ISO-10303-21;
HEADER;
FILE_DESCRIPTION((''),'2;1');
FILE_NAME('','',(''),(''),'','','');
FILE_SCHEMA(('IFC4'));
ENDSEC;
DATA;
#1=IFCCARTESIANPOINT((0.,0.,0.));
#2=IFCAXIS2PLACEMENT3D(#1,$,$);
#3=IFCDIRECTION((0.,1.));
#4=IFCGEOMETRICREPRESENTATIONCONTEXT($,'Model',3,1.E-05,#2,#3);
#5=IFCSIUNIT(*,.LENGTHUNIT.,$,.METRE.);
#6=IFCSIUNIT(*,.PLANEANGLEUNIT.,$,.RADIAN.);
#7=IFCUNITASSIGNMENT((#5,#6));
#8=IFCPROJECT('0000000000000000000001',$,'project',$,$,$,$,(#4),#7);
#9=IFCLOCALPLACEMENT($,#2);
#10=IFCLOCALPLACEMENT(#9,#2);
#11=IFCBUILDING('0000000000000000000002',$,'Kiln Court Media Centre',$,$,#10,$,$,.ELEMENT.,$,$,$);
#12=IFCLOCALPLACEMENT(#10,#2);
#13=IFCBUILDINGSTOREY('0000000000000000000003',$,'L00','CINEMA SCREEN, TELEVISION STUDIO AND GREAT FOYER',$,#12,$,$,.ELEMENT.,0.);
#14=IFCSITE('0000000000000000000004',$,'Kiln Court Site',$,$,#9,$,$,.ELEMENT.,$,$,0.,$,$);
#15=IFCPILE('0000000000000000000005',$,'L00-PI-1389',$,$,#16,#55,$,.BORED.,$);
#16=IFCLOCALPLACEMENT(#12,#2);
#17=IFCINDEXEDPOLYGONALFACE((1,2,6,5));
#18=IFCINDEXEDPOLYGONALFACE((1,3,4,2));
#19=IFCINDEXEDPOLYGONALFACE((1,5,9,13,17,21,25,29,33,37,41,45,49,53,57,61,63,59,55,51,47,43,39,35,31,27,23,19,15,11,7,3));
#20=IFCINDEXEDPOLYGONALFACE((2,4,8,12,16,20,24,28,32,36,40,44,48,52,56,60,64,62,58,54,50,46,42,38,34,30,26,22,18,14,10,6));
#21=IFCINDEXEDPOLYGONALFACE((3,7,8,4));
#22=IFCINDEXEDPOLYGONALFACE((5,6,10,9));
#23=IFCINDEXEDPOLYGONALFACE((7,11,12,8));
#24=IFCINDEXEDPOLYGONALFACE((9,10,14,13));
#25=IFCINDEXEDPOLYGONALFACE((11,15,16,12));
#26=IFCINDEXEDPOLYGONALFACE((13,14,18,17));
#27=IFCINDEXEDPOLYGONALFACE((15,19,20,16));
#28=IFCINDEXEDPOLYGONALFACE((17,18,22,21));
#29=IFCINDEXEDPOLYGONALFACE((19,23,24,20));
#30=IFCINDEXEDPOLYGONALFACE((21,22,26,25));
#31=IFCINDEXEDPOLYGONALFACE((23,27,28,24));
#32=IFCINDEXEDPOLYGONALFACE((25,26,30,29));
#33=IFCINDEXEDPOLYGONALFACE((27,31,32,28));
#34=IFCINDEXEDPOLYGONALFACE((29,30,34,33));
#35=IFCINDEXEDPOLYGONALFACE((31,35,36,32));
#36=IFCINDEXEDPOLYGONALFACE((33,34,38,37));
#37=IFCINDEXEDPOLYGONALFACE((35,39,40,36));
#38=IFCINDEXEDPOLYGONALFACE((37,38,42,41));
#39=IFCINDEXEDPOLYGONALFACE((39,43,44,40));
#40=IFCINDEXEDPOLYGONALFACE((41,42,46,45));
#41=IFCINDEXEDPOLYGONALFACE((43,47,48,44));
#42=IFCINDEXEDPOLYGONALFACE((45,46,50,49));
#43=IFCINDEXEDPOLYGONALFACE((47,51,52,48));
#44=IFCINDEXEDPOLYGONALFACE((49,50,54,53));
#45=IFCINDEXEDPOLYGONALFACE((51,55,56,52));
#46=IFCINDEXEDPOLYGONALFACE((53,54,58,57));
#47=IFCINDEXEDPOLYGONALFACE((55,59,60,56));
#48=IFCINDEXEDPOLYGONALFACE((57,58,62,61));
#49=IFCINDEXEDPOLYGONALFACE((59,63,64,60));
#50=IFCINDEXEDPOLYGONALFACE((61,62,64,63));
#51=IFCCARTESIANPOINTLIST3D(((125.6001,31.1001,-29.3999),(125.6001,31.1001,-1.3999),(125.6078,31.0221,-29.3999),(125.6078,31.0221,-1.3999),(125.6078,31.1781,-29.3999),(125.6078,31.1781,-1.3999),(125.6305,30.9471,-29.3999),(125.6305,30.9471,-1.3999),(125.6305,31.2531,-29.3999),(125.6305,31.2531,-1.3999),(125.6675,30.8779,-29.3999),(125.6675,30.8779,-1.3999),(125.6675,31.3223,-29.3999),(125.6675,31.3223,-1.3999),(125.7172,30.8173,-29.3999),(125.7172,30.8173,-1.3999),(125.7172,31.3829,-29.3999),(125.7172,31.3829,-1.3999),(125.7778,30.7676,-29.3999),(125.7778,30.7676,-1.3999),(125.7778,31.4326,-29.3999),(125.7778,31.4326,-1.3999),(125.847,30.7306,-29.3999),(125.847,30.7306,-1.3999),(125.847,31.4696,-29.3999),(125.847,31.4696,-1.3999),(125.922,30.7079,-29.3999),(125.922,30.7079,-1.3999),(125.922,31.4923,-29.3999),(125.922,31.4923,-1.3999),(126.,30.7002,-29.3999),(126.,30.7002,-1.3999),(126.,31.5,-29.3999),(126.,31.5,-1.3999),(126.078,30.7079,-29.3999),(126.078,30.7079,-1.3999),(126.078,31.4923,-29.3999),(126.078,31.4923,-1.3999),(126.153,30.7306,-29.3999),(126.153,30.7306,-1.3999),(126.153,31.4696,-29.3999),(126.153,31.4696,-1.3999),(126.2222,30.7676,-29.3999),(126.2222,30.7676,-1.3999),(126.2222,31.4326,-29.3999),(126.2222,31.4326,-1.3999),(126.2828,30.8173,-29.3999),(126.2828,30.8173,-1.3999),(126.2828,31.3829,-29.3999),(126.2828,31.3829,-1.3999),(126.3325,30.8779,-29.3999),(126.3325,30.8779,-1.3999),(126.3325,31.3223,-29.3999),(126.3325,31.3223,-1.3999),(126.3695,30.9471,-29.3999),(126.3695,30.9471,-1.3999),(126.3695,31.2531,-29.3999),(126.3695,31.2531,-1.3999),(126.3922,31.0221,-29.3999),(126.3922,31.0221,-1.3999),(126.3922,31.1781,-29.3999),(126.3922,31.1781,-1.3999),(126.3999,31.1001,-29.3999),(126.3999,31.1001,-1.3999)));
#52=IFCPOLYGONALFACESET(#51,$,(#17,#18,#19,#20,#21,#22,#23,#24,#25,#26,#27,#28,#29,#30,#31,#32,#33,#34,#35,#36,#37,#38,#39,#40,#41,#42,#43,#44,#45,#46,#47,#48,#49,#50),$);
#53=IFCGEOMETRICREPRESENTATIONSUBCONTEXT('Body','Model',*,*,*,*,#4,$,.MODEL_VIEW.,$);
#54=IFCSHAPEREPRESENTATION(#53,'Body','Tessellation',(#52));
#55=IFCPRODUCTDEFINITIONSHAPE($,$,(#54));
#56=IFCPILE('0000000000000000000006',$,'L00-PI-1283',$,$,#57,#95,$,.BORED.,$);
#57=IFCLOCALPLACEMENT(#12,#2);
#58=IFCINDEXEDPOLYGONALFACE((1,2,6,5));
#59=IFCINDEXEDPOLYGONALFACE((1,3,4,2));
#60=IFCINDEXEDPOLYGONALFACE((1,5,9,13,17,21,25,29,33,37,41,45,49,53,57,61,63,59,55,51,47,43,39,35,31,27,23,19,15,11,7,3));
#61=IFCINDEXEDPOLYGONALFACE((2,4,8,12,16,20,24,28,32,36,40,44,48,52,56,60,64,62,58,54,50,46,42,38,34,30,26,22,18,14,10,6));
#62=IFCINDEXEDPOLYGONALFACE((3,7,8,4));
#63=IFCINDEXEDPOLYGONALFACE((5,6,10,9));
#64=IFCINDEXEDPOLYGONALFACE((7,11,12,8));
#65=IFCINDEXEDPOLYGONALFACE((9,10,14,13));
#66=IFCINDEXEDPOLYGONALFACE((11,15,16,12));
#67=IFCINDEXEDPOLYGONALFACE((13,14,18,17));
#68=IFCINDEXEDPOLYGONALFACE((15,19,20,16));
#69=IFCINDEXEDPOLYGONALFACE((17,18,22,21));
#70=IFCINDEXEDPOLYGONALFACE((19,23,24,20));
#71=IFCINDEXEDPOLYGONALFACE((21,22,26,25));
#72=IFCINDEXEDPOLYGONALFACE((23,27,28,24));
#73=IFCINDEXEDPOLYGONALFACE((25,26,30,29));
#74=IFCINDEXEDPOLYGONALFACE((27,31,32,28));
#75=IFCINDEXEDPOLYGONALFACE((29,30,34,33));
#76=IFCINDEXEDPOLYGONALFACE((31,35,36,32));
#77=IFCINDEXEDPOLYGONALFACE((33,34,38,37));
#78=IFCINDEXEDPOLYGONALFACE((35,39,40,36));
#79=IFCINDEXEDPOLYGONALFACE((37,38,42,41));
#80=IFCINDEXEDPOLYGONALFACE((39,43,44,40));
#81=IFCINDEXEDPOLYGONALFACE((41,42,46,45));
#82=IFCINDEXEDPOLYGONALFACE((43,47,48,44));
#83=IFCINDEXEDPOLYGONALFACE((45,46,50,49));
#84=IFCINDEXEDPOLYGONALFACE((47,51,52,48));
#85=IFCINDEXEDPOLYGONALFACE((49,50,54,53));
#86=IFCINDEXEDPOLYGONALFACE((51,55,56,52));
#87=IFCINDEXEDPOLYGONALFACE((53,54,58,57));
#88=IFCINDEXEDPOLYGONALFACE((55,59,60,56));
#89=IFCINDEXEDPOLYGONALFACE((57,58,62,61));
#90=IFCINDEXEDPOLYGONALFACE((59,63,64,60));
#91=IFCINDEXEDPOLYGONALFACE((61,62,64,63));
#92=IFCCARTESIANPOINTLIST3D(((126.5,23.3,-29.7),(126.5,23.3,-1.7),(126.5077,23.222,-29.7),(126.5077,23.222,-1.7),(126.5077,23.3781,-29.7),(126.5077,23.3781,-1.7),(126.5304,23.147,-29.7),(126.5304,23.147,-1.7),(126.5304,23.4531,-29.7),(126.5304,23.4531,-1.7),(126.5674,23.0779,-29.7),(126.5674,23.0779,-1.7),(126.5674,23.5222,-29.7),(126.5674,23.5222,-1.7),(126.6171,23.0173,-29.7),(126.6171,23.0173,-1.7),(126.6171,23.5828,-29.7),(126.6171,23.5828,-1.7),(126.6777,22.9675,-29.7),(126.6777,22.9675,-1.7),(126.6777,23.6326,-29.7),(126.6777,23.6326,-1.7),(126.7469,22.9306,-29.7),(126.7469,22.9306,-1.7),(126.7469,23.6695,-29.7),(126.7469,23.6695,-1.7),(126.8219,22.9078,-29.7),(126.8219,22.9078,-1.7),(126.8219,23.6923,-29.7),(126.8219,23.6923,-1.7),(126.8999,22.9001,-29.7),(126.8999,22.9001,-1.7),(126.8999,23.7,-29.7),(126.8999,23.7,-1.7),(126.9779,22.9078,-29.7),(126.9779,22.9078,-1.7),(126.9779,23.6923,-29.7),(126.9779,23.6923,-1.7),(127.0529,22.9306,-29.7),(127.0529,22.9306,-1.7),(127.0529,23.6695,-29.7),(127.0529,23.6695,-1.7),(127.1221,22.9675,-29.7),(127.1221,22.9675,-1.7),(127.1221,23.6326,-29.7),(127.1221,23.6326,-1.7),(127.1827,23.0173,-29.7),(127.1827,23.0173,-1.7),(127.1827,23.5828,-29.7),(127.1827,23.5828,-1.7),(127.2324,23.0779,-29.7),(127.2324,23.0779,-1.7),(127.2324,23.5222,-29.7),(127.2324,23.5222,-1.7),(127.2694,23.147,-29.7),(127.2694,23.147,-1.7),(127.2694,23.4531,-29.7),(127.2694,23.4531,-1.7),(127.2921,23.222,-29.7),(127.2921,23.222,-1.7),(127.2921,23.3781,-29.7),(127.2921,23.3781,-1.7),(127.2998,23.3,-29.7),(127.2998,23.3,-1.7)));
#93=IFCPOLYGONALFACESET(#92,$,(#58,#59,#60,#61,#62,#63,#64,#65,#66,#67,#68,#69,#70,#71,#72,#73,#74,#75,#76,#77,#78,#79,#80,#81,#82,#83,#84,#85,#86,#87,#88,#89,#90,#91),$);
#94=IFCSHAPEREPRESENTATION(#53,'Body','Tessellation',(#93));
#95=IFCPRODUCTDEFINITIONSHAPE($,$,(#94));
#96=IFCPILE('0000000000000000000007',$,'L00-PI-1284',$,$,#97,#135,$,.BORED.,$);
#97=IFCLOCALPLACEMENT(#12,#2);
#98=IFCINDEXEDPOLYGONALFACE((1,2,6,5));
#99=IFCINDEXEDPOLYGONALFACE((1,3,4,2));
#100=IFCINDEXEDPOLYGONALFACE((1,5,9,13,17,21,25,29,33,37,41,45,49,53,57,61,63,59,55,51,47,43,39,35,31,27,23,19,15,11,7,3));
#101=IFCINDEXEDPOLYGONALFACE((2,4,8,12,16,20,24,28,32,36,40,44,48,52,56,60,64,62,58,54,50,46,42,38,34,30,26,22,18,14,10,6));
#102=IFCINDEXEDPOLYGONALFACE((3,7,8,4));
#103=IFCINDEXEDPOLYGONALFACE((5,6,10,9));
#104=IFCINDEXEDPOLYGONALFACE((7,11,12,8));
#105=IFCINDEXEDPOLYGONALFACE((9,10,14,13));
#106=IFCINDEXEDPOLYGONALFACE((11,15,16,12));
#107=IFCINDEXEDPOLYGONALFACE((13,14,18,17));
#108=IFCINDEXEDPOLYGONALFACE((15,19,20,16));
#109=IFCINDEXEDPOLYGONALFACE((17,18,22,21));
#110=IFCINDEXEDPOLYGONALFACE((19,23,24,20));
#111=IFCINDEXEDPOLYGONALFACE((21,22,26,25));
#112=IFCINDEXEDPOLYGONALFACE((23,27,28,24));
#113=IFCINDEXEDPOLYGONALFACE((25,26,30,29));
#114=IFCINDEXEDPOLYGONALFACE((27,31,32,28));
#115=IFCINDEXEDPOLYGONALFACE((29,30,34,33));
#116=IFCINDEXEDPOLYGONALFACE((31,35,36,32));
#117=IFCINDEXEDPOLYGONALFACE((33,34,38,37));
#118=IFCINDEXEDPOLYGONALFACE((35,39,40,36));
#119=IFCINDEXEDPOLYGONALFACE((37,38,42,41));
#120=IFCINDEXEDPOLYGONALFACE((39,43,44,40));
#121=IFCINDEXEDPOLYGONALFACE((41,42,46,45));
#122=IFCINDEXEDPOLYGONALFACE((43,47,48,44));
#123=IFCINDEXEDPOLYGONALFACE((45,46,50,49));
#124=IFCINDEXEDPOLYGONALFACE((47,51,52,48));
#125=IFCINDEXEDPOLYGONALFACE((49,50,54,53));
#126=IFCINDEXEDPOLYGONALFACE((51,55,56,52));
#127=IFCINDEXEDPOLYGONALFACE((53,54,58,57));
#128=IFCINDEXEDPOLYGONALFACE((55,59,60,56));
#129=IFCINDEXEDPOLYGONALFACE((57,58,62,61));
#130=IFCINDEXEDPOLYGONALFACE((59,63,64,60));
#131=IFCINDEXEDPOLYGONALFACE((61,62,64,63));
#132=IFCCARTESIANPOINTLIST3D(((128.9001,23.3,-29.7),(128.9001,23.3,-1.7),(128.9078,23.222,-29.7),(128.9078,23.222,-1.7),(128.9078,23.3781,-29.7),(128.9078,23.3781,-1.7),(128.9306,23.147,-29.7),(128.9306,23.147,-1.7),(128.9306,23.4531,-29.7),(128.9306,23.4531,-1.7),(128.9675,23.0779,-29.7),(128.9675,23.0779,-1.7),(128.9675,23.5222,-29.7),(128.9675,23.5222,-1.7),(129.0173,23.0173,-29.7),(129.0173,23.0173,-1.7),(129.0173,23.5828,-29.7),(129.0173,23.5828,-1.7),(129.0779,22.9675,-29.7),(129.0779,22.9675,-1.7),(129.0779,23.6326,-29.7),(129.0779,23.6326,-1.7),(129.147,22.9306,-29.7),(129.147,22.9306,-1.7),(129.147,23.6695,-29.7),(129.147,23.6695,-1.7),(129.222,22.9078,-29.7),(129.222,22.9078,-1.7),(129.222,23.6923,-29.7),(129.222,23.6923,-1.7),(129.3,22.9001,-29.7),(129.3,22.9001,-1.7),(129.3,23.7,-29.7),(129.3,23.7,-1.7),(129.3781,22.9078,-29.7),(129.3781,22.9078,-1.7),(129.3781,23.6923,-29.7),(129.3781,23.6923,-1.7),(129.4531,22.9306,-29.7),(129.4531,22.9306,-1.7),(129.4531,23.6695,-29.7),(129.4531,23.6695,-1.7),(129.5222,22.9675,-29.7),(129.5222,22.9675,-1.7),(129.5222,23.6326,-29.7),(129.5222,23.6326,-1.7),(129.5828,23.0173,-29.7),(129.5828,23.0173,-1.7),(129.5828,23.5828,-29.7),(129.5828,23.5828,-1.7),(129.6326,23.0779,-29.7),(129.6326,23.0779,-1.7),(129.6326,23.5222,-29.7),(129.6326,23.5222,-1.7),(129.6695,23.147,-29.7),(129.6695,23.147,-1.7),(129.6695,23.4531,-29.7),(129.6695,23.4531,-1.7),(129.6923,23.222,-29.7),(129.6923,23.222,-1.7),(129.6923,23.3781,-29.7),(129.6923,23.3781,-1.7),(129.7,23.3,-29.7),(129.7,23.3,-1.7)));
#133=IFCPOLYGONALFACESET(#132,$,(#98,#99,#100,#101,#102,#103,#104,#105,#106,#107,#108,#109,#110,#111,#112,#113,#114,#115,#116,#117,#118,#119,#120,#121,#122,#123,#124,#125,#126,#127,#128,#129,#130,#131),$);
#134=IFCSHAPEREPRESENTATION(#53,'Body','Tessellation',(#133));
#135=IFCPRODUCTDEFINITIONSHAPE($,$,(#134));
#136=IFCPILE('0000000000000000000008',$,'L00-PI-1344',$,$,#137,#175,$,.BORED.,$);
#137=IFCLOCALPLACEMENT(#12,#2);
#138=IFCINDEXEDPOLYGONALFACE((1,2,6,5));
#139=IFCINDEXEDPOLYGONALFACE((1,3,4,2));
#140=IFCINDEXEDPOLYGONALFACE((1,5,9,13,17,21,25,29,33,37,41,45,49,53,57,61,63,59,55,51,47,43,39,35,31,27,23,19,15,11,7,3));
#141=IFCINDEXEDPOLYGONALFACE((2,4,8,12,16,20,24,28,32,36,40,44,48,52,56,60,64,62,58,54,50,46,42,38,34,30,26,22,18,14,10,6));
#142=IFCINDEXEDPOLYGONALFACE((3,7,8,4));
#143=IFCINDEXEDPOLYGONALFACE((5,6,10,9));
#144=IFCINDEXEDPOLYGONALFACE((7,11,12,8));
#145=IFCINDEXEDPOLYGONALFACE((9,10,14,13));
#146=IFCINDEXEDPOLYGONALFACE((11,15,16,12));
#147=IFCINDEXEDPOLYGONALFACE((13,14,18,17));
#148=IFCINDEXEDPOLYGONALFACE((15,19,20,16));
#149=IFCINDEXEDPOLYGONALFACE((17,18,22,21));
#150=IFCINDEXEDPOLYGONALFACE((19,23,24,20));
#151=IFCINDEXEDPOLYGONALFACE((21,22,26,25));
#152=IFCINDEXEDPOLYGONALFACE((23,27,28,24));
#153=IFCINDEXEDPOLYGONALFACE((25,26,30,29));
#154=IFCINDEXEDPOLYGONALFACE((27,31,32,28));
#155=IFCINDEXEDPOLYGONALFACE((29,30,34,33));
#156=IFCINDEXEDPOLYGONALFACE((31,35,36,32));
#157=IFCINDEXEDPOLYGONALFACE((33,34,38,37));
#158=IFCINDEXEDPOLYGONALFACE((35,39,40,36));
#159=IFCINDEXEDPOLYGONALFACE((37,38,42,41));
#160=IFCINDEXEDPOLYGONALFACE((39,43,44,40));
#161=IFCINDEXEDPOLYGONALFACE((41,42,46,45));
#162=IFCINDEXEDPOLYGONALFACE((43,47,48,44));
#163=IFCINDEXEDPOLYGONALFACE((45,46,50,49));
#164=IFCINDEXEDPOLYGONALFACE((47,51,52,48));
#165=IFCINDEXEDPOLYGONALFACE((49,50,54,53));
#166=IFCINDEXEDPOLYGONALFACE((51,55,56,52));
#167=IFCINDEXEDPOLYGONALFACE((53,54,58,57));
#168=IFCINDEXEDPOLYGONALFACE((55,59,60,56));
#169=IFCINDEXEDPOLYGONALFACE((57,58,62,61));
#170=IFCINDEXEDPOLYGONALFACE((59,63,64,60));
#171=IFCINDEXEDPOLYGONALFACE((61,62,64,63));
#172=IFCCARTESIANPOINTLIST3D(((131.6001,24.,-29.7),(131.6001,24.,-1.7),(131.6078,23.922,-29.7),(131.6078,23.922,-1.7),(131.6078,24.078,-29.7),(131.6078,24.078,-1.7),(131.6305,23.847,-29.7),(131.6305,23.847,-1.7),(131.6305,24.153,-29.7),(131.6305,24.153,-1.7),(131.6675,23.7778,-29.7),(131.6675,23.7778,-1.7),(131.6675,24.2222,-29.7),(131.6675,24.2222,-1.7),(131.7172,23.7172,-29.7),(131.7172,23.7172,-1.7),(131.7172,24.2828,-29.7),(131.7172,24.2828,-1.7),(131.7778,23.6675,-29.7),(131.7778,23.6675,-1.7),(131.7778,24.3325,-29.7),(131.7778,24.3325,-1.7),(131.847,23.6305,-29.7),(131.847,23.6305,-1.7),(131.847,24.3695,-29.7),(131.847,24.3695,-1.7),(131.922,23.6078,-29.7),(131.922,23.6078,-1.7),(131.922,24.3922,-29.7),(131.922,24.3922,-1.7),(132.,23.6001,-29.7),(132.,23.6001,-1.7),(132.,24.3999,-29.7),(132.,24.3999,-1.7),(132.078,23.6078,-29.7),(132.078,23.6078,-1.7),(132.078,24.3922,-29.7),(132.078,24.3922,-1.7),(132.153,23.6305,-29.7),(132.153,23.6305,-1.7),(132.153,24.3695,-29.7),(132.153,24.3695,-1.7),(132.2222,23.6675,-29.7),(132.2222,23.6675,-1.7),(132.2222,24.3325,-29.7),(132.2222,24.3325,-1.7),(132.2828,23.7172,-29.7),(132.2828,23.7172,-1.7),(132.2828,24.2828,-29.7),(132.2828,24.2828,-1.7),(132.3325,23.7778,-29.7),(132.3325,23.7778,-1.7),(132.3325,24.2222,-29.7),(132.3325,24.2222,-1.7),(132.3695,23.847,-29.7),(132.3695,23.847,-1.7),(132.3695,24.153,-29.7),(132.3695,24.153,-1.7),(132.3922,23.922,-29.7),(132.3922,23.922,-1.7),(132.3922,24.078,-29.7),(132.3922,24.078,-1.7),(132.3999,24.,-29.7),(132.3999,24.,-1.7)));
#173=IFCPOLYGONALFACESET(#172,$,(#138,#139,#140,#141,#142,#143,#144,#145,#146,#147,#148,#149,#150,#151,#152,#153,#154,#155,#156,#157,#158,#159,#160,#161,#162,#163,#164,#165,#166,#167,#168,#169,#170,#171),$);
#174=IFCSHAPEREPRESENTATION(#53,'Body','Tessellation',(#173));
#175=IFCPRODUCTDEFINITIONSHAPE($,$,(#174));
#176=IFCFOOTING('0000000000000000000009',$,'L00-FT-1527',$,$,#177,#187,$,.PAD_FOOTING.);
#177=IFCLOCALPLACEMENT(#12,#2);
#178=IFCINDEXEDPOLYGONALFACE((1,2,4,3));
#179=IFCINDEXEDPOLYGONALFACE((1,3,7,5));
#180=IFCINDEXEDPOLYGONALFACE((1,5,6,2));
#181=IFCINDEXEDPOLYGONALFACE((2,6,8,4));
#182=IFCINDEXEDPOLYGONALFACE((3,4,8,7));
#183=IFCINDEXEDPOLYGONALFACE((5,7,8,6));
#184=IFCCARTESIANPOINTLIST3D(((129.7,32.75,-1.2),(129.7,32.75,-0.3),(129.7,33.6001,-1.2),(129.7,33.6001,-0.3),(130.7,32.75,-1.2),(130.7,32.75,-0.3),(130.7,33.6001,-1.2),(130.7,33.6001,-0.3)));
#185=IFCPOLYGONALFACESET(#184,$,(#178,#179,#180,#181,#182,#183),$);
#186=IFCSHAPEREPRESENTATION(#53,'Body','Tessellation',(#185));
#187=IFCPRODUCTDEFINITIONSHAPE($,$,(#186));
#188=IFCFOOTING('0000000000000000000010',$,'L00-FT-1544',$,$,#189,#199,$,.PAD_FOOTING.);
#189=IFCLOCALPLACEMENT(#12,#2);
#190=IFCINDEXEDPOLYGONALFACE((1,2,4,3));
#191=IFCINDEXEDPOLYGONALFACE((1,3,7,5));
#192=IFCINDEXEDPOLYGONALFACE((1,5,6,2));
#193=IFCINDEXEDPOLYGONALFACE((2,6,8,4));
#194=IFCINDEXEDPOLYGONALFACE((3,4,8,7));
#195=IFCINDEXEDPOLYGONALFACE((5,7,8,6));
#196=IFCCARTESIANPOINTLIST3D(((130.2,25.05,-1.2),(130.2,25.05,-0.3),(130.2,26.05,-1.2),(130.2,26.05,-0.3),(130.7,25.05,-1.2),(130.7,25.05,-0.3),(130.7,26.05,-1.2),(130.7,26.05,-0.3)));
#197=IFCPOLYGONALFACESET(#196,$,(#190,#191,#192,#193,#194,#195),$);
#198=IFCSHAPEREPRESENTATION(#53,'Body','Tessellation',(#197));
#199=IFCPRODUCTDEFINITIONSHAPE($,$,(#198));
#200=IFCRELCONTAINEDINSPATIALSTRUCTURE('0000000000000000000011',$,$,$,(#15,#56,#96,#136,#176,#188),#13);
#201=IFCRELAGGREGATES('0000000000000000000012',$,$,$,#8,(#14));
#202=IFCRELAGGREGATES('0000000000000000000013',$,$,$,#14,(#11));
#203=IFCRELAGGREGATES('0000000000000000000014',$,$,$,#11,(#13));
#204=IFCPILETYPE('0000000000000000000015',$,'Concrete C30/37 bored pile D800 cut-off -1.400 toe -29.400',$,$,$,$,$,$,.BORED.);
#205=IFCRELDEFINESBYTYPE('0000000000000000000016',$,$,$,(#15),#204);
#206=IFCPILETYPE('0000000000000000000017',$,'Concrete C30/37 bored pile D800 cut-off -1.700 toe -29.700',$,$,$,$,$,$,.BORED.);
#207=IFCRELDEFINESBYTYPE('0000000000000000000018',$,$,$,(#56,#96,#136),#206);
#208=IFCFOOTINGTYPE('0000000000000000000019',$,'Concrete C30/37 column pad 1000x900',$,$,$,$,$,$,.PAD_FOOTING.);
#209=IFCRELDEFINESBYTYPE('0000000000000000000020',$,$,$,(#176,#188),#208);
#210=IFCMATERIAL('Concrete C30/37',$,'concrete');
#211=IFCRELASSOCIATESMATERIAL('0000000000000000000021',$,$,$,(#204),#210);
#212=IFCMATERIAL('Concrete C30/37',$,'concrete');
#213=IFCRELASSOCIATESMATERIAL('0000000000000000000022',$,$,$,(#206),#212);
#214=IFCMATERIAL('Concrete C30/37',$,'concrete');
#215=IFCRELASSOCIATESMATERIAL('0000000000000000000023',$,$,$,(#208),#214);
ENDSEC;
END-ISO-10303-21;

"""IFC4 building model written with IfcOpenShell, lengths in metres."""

from ifc_helpers import new_model, si_unit, direction, frame, origin, origin_2d, place, context, subcontext, project, spatial, rectangle, circle, extrude, material, material_profile, profile_set, type_object, element, save


model = new_model("IFC4")

# Units and contexts
model_context = context("Model", 3, precision=1e-05, world=origin(), true_north=direction((0.0, 1.0)))
body_context = subcontext(model_context, "Body", "Model", "MODEL_VIEW")
ifc_project = project(units=[si_unit("LENGTHUNIT", "METRE"), si_unit("PLANEANGLEUNIT", "RADIAN")], contexts=[model_context])

# Site, building, storey
site_placement = place(None, origin())
site = spatial("IfcSite", under=ifc_project, at=site_placement, Name="Kiln Court Site", CompositionType="ELEMENT", RefElevation=0.0)
building_placement = place(site_placement, origin())
building = spatial("IfcBuilding", under=site, at=building_placement, Name="Kiln Court Media Centre", CompositionType="ELEMENT")
storey_placement = place(building_placement, origin())
storey = spatial("IfcBuildingStorey", under=building, at=storey_placement, Name="L00", Description="CINEMA SCREEN, TELEVISION STUDIO AND GREAT FOYER", CompositionType="ELEMENT", Elevation=0.0)

# Piles
ifc_material_1 = material(Name="Concrete C30/37", Category="concrete")
ifc_material_profile_1 = material_profile(ifc_material_1, circle(Radius=0.3999, at=origin_2d()), Name="PILE D800")
ifc_profile_set_1 = profile_set([ifc_material_profile_1], Name="Concrete C30/37")
pile_type_1 = type_object("IfcPileType", Name="Concrete C30/37 bored pile D800 cut-off -1.400 toe -29.400", PredefinedType="BORED", material=ifc_profile_set_1)
pile_placement = place(storey_placement, frame((126.0, 31.1001, -1.3999), z_axis=(0.0, 0.0, -1.0), x_axis=(1.0, 0.0, 0.0)))
element("IfcPile", 1, at=pile_placement, inside=storey, type_object=pile_type_1, Name="L00-PI-1389", PredefinedType="BORED", context=body_context, shape_type="SweptSolid", body=[
    extrude(circle(Radius=0.3999, at=origin_2d()), origin(), (0.0, 0.0, 1.0), 28.0),
])
ifc_material_2 = material(Name="Concrete C30/37", Category="concrete")
ifc_material_profile_2 = material_profile(ifc_material_2, circle(Radius=0.3999, at=origin_2d()), Name="PILE D800")
ifc_profile_set_2 = profile_set([ifc_material_profile_2], Name="Concrete C30/37")
pile_type_2 = type_object("IfcPileType", Name="Concrete C30/37 bored pile D800 cut-off -1.700 toe -29.700", PredefinedType="BORED", material=ifc_profile_set_2)
for number, where, z_axis, x_axis, name in (
    (2, (126.8999, 23.3, -1.7), (0.0, 0.0, -1.0), (1.0, 0.0, 0.0), "L00-PI-1283"),
    (3, (129.3, 23.3, -1.7), (0.0, 0.0, -1.0), (1.0, 0.0, 0.0), "L00-PI-1284"),
    (4, (132.0, 24.0, -1.7), (0.0, 0.0, -1.0), (1.0, 0.0, 0.0), "L00-PI-1344"),
):
    element("IfcPile", number, at=place(storey_placement, frame(where, z_axis=z_axis, x_axis=x_axis)), inside=storey, type_object=pile_type_2, Name=name, PredefinedType="BORED", context=body_context, shape_type="SweptSolid", body=[
        extrude(circle(Radius=0.3999, at=origin_2d()), origin(), (0.0, 0.0, 1.0), 28.0),
    ])

# Footings
ifc_material_3 = material(Name="Concrete C30/37", Category="concrete")
footing_type_1 = type_object("IfcFootingType", Name="Concrete C30/37 column pad 1000x900", PredefinedType="PAD_FOOTING", material=ifc_material_3)
footing_1_placement = place(storey_placement, frame((130.2, 33.175, -1.2), z_axis=(0.0, 0.0, 1.0), x_axis=(1.0, 0.0, 0.0)))
element("IfcFooting", 5, at=footing_1_placement, inside=storey, type_object=footing_type_1, Name="L00-FT-1527", PredefinedType="PAD_FOOTING", context=body_context, shape_type="SweptSolid", body=[
    extrude(rectangle(XDim=1.0, YDim=0.8501, at=origin_2d()), origin(), (0.0, 0.0, 1.0), 0.8999),
])
footing_2_placement = place(storey_placement, frame((130.45, 25.55, -1.2), z_axis=(0.0, 0.0, 1.0), x_axis=(1.0, 0.0, 0.0)))
element("IfcFooting", 6, at=footing_2_placement, inside=storey, type_object=footing_type_1, Name="L00-FT-1544", PredefinedType="PAD_FOOTING", context=body_context, shape_type="SweptSolid", body=[
    extrude(rectangle(XDim=0.5, YDim=1.0, at=origin_2d()), origin(), (0.0, 0.0, 1.0), 0.8999),
])

save(model, "model.ifc")
